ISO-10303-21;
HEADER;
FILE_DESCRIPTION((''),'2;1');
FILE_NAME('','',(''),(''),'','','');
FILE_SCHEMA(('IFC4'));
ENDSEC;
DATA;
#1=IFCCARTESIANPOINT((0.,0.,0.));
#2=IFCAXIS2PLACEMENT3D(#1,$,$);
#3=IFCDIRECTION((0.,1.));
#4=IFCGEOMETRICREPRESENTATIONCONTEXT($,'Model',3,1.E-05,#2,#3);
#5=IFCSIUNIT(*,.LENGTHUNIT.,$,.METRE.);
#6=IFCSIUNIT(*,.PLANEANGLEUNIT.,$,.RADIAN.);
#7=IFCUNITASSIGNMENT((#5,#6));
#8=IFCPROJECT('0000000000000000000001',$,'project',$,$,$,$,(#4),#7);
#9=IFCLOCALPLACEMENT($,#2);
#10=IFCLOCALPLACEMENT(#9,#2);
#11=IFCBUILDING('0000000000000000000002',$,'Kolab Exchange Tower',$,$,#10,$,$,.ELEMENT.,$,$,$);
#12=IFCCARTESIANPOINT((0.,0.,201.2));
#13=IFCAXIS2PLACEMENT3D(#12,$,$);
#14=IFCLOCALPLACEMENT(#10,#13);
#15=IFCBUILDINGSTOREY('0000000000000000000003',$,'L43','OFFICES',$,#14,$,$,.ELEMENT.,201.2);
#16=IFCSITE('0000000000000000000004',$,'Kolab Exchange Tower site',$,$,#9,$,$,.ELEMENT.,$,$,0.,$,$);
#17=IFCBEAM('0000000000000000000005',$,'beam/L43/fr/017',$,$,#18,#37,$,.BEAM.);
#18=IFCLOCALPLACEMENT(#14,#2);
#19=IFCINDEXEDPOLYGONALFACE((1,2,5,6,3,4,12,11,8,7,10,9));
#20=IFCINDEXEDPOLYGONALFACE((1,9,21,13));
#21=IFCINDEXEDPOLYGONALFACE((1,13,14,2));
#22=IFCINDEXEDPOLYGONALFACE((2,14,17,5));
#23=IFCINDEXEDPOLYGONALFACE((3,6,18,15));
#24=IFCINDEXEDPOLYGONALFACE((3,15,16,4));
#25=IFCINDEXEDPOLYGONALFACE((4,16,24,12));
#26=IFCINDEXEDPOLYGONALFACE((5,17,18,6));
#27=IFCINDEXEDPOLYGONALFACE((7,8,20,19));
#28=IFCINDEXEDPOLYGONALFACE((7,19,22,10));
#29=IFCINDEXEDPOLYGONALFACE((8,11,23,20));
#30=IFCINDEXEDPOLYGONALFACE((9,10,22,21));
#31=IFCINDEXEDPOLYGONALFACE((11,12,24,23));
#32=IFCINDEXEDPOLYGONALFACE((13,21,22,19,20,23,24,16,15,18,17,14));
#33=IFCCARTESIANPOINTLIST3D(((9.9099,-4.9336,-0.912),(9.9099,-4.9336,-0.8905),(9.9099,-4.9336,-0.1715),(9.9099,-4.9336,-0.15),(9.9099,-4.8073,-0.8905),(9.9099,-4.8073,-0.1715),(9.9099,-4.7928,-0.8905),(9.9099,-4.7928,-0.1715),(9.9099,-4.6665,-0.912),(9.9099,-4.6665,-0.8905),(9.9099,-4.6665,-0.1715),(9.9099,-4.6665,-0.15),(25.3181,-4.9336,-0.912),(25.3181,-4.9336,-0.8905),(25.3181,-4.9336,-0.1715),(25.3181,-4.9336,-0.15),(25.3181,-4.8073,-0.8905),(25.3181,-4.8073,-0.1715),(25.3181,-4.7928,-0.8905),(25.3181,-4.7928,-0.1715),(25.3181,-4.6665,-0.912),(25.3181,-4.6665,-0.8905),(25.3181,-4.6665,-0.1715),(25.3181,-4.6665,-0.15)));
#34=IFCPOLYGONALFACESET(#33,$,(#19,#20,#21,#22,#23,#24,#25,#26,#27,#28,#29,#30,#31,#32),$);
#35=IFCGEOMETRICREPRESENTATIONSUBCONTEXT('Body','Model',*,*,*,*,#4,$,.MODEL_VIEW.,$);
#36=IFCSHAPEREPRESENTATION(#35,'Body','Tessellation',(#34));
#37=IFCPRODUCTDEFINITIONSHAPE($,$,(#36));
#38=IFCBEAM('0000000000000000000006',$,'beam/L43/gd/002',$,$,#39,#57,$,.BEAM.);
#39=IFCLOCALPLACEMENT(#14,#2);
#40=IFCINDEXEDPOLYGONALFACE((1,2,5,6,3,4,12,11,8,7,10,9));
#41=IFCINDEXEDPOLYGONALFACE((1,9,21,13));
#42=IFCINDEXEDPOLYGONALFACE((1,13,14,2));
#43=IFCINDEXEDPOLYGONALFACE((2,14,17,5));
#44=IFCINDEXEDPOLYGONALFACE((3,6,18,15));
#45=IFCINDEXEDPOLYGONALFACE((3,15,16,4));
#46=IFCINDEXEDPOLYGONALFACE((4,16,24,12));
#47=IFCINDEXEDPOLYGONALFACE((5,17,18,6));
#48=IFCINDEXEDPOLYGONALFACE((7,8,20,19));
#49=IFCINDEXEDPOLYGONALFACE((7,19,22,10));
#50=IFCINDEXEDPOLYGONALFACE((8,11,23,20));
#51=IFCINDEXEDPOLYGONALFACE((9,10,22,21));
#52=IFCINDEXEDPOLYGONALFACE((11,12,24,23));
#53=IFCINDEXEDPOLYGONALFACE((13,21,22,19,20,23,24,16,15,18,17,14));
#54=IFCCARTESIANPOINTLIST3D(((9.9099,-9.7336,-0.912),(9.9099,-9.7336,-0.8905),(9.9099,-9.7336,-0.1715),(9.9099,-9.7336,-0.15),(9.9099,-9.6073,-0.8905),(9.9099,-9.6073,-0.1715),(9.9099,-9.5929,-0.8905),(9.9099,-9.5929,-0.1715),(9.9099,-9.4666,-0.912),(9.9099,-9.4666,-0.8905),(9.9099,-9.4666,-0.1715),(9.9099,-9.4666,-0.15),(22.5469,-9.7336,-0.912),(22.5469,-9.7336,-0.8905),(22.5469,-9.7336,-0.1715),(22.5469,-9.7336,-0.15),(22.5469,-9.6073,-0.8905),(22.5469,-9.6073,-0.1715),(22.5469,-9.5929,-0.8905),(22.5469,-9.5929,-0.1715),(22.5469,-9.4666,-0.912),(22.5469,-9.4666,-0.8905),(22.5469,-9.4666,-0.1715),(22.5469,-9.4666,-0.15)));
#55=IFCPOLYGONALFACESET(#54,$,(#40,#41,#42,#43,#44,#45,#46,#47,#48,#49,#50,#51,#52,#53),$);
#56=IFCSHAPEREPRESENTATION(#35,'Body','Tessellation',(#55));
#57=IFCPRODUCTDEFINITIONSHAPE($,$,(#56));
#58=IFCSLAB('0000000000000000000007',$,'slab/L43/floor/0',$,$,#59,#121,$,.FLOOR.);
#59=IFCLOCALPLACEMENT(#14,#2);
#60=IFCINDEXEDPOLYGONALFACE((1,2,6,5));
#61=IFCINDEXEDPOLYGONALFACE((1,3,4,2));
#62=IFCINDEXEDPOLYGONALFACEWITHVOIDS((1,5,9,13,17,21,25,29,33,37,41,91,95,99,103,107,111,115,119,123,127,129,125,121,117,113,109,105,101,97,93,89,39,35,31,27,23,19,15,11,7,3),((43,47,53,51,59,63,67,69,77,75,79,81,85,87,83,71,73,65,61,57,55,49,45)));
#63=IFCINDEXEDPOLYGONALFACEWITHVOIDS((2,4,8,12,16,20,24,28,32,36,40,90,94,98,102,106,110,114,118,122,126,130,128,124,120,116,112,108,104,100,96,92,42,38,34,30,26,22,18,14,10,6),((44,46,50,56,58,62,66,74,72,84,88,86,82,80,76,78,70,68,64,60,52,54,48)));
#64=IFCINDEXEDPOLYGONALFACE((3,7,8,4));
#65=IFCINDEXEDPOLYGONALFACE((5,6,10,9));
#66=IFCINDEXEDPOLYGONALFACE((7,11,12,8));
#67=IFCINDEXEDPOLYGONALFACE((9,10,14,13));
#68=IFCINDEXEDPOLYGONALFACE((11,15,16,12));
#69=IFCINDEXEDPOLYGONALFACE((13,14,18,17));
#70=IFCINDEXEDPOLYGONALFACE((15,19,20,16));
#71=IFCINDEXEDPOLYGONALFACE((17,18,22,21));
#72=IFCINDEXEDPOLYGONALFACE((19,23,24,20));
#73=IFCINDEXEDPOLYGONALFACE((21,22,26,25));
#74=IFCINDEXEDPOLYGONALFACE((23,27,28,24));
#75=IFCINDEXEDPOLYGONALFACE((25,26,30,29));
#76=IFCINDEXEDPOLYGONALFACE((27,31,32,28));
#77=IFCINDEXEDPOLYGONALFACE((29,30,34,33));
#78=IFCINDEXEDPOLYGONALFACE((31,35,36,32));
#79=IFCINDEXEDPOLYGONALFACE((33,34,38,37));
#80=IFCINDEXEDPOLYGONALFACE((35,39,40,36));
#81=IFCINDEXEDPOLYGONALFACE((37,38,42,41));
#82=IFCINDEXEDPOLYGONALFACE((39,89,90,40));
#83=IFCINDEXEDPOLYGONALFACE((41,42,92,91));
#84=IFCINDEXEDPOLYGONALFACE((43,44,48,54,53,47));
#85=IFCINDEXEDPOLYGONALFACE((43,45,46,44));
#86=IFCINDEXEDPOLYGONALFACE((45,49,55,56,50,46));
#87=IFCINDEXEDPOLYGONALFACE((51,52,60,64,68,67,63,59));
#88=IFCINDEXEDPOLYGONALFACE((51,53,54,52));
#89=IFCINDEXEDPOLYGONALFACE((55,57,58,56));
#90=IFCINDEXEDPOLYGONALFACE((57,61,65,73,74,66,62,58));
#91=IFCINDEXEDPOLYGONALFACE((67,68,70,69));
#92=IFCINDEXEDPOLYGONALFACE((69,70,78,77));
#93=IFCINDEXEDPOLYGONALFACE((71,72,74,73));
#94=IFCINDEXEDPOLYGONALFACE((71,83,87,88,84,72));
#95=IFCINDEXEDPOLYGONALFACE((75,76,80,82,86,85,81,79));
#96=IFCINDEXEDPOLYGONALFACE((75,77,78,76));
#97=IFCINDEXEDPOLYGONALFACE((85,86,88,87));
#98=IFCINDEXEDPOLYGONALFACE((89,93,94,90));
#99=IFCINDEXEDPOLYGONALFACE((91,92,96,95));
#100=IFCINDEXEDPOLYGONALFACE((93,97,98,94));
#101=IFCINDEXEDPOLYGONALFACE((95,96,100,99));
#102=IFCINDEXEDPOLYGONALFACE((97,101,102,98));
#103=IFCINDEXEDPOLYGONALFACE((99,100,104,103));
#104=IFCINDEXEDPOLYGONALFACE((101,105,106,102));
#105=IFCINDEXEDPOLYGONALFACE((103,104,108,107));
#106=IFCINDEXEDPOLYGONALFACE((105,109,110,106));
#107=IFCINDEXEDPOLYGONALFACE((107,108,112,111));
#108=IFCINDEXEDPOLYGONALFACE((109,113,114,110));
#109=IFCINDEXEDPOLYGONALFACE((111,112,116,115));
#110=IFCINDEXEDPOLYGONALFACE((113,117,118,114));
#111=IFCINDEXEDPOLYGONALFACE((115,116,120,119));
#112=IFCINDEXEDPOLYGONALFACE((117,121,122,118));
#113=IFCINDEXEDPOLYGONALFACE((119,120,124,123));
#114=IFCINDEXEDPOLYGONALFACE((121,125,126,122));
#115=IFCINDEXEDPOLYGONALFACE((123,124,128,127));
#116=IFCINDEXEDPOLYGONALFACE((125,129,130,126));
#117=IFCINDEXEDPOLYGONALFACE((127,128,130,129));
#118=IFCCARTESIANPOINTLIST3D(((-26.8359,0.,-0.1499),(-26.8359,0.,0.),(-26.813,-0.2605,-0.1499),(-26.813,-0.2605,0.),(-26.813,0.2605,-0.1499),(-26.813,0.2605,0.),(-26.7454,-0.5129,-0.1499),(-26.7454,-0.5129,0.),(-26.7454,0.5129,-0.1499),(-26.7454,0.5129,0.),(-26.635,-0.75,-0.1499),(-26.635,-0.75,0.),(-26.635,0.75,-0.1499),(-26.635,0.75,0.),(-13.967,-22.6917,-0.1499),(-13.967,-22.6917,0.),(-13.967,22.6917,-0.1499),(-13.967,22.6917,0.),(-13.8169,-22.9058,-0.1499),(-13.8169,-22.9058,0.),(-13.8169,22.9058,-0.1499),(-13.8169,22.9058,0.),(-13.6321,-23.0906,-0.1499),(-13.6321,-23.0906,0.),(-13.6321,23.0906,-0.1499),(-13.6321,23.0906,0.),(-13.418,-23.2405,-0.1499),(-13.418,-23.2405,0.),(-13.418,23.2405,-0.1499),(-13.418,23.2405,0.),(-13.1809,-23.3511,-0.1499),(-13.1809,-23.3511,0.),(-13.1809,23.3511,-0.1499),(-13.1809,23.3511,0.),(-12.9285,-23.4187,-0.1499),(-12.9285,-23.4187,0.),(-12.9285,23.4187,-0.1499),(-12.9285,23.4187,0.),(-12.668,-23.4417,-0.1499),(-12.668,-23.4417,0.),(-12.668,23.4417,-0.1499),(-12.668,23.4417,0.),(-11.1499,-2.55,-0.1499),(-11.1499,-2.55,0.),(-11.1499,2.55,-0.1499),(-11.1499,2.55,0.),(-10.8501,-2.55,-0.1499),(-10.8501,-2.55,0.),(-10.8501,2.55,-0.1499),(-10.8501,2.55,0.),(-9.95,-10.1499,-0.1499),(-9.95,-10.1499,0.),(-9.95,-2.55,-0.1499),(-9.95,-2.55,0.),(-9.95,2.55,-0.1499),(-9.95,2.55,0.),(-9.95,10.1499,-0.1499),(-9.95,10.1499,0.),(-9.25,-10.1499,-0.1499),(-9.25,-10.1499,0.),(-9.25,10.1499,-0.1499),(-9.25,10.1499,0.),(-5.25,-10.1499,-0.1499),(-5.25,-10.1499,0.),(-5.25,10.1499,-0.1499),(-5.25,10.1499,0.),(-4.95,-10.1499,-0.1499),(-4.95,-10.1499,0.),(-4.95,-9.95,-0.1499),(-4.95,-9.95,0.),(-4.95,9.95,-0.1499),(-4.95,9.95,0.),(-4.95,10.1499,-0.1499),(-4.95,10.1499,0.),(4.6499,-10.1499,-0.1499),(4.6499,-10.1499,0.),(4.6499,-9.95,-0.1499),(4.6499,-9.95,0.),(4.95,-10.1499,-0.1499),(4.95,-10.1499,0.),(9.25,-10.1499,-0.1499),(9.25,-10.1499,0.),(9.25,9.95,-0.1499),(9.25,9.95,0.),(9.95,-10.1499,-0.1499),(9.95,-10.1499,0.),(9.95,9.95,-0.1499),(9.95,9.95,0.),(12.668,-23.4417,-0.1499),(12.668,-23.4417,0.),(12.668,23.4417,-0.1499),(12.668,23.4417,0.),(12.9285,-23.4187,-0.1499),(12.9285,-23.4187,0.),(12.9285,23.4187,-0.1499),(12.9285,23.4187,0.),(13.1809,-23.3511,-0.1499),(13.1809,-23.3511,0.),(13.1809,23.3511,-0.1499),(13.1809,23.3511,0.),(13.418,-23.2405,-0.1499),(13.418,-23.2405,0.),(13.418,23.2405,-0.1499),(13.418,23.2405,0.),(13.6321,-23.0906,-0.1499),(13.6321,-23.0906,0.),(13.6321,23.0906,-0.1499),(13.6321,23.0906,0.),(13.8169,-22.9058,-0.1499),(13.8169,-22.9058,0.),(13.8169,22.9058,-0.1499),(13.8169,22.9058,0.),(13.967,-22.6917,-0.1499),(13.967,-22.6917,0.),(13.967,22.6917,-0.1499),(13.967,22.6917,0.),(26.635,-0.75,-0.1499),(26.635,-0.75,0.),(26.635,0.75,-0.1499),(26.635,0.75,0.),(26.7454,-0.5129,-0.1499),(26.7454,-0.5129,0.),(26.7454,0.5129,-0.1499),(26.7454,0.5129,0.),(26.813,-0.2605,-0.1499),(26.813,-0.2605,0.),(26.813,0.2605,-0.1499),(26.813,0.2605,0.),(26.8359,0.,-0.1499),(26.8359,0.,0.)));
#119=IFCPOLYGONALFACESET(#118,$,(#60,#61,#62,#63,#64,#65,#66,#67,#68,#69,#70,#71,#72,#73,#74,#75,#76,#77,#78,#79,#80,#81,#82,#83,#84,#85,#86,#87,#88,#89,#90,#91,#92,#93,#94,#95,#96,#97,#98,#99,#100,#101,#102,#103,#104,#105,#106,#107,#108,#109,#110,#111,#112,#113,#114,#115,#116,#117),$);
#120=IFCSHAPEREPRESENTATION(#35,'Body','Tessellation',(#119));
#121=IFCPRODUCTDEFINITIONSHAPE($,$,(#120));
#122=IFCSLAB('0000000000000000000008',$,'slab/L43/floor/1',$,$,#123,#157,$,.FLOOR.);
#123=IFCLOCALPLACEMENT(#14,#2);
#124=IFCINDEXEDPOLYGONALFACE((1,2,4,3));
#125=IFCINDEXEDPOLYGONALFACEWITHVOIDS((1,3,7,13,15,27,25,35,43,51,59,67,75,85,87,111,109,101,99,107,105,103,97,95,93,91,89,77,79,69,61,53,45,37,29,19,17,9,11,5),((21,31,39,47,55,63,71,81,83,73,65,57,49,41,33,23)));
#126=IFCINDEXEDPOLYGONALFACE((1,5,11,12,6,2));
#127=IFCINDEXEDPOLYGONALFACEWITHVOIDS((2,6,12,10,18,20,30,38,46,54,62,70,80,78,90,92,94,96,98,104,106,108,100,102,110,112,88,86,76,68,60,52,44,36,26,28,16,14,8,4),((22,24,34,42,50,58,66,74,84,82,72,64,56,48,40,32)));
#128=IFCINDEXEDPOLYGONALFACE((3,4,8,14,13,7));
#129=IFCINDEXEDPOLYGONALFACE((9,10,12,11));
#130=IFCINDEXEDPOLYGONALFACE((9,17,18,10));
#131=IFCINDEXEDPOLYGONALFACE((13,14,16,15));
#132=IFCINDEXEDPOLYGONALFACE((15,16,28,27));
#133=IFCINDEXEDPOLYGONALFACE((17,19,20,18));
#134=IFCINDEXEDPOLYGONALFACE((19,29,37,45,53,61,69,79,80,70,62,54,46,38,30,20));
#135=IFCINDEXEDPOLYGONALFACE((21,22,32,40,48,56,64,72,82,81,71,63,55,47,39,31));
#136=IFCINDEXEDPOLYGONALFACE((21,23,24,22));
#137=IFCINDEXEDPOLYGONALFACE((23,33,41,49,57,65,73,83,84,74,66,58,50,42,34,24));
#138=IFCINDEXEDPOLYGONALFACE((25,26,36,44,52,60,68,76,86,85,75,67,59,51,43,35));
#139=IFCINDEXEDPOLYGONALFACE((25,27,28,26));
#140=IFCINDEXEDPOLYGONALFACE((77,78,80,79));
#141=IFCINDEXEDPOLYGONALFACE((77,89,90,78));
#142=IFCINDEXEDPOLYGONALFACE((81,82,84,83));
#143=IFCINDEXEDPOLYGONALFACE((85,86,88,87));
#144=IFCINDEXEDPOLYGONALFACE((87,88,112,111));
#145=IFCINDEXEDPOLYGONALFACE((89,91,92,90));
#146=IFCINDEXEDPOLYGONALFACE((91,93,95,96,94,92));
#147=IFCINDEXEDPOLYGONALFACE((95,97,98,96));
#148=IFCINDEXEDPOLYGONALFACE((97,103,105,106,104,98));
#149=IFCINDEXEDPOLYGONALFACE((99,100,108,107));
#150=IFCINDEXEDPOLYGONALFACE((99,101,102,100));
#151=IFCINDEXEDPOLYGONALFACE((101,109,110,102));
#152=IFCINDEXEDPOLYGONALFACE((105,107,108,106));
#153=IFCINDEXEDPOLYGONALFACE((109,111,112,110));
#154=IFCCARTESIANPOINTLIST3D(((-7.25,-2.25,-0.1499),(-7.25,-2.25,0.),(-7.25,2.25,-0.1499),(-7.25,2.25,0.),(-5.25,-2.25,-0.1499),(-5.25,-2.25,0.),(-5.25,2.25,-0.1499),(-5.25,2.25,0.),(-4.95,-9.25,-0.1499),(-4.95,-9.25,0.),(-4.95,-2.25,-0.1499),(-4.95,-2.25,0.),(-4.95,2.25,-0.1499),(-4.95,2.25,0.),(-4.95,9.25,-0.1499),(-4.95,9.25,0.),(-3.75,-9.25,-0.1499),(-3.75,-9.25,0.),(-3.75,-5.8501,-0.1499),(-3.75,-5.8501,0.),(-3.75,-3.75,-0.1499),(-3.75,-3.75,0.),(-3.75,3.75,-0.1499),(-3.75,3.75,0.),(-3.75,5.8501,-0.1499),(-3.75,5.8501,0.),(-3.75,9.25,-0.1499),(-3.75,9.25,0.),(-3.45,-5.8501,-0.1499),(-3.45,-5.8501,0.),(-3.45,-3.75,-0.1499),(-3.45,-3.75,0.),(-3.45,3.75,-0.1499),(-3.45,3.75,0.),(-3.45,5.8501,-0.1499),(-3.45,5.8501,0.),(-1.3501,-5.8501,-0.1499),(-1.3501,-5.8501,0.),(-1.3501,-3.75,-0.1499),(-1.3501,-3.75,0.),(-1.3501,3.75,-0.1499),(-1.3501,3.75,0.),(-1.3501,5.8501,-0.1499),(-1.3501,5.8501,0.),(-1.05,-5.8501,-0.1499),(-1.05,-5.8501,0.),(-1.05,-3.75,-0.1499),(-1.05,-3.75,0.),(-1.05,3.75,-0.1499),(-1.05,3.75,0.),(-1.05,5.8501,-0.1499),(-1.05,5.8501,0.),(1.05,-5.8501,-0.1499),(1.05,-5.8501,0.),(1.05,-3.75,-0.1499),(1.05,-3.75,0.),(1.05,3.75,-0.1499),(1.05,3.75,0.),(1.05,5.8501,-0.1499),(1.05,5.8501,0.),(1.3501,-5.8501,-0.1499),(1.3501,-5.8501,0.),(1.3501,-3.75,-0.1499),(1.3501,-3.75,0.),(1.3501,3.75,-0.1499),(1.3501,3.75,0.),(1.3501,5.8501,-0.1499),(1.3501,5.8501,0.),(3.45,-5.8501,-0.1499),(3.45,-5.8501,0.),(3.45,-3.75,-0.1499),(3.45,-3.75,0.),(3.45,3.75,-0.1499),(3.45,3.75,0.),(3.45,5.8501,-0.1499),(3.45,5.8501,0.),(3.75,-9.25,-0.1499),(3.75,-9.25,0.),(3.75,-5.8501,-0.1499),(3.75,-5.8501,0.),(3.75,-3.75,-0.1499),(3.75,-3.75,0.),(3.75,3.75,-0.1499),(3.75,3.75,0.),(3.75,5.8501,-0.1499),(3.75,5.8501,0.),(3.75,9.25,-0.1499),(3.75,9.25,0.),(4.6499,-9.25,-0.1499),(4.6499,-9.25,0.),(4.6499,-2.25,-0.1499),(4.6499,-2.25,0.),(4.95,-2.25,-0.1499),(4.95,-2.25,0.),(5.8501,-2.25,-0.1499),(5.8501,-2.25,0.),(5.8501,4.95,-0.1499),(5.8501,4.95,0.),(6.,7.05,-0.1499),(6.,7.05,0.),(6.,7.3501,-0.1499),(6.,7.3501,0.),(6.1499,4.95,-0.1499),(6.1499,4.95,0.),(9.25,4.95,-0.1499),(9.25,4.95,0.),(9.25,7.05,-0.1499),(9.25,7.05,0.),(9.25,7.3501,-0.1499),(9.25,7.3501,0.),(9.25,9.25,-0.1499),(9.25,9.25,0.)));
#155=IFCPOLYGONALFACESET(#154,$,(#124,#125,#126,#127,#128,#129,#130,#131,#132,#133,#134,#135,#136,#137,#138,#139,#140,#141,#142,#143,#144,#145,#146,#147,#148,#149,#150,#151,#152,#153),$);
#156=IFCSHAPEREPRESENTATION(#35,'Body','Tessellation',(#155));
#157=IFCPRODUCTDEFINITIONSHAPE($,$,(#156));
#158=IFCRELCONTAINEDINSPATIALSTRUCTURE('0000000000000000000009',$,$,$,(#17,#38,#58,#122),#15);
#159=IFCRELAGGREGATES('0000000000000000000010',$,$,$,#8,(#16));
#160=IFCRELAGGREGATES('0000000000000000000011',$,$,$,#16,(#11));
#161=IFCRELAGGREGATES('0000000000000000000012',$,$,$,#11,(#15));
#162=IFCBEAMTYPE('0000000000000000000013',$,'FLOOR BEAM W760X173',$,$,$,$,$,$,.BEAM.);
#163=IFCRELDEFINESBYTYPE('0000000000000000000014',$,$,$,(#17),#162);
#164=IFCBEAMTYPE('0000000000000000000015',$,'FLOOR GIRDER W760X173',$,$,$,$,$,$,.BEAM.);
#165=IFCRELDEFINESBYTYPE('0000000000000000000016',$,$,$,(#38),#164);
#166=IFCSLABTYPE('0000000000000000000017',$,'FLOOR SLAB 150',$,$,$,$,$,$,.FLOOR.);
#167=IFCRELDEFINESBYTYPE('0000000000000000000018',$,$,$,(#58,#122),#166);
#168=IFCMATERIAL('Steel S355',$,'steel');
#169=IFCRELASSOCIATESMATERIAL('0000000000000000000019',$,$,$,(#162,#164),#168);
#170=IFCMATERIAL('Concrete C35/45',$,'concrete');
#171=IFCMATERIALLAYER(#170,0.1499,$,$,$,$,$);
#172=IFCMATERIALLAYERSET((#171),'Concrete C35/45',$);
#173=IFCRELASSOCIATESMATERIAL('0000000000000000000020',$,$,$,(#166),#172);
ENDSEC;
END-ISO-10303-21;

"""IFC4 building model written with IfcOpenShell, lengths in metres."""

from ifc_helpers import new_model, si_unit, direction, frame, origin, origin_2d, place, context, subcontext, project, spatial, polyline, i_section, outline, extrude, material, layer, layer_set, material_profile, profile_set, type_object, element, save


model = new_model("IFC4")

# Units and contexts
model_context = context("Model", 3, precision=1e-05, world=origin(), true_north=direction((0.0, 1.0)))
body_context = subcontext(model_context, "Body", "Model", "MODEL_VIEW")
ifc_project = project(units=[si_unit("LENGTHUNIT", "METRE"), si_unit("PLANEANGLEUNIT", "RADIAN")], contexts=[model_context])

# Site, building, storey
site_placement = place(None, origin())
site = spatial("IfcSite", under=ifc_project, at=site_placement, Name="Kolab Exchange Tower site", CompositionType="ELEMENT", RefElevation=0.0)
building_placement = place(site_placement, origin())
building = spatial("IfcBuilding", under=site, at=building_placement, Name="Kolab Exchange Tower", CompositionType="ELEMENT")
storey_placement = place(building_placement, frame((0.0, 0.0, 201.2)))
storey = spatial("IfcBuildingStorey", under=building, at=storey_placement, Name="L43", Description="OFFICES", CompositionType="ELEMENT", Elevation=201.2)

# Beams
ifc_material_1 = material(Name="Steel S355", Category="steel")
ifc_material_profile_1 = material_profile(ifc_material_1, i_section(OverallWidth=0.2671, OverallDepth=0.762, WebThickness=0.0144, FlangeThickness=0.0215, at=origin_2d()), Name="W760X173")
ifc_profile_set_1 = profile_set([ifc_material_profile_1], Name="Steel S355")
beam_type_1 = type_object("IfcBeamType", Name="FLOOR BEAM W760X173", PredefinedType="BEAM", material=ifc_profile_set_1)
beam_1_placement = place(storey_placement, frame((9.9099, -4.8, -0.531), z_axis=(1.0, 0.0, 0.0), x_axis=(0.0, 1.0, 0.0)))
element("IfcBeam", 1, at=beam_1_placement, inside=storey, type_object=beam_type_1, Name="beam/L43/fr/017", PredefinedType="BEAM", context=body_context, shape_type="SweptSolid", body=[
    extrude(i_section(OverallWidth=0.2671, OverallDepth=0.762, WebThickness=0.0144, FlangeThickness=0.0215, at=origin_2d()), origin(), (0.0, 0.0, 1.0), 15.4082),
])
ifc_material_profile_2 = material_profile(ifc_material_1, i_section(OverallWidth=0.2671, OverallDepth=0.762, WebThickness=0.0144, FlangeThickness=0.0215, at=origin_2d()), Name="W760X173")
ifc_profile_set_2 = profile_set([ifc_material_profile_2], Name="Steel S355")
beam_type_2 = type_object("IfcBeamType", Name="FLOOR GIRDER W760X173", PredefinedType="BEAM", material=ifc_profile_set_2)
beam_2_placement = place(storey_placement, frame((9.9099, -9.6001, -0.531), z_axis=(1.0, 0.0, 0.0), x_axis=(0.0, 1.0, 0.0)))
element("IfcBeam", 2, at=beam_2_placement, inside=storey, type_object=beam_type_2, Name="beam/L43/gd/002", PredefinedType="BEAM", context=body_context, shape_type="SweptSolid", body=[
    extrude(i_section(OverallWidth=0.2671, OverallDepth=0.762, WebThickness=0.0144, FlangeThickness=0.0215, at=origin_2d()), origin(), (0.0, 0.0, 1.0), 12.637),
])

# Slabs
ifc_material_2 = material(Name="Concrete C35/45", Category="concrete")
ifc_layer_1 = layer(ifc_material_2, 0.1499)
ifc_layer_set_1 = layer_set([ifc_layer_1], Name="Concrete C35/45")
slab_type_1 = type_object("IfcSlabType", Name="FLOOR SLAB 150", PredefinedType="FLOOR", material=ifc_layer_set_1)
slab_1_placement = place(storey_placement, frame((0.0, 0.0, -0.1499)))
element("IfcSlab", 3, at=slab_1_placement, inside=storey, type_object=slab_type_1, Name="slab/L43/floor/0", PredefinedType="FLOOR", context=body_context, shape_type="SweptSolid", body=[
    extrude(outline(polyline([(13.967, -22.6917), (26.635, -0.75), (26.7454, -0.5129), (26.813, -0.2605), (26.8359, 0.0), (26.813, 0.2605), (26.7454, 0.5129), (26.635, 0.75), (13.967, 22.6917), (13.8169, 22.9058), (13.6321, 23.0906), (13.418, 23.2405), (13.1809, 23.3511), (12.9285, 23.4187), (12.668, 23.4417), (-12.668, 23.4417), (-12.9285, 23.4187), (-13.1809, 23.3511), (-13.418, 23.2405), (-13.6321, 23.0906), (-13.8169, 22.9058), (-13.967, 22.6917), (-26.635, 0.75), (-26.7454, 0.5129), (-26.813, 0.2605), (-26.8359, 0.0), (-26.813, -0.2605), (-26.7454, -0.5129), (-26.635, -0.75), (-13.967, -22.6917), (-13.8169, -22.9058), (-13.6321, -23.0906), (-13.418, -23.2405), (-13.1809, -23.3511), (-12.9285, -23.4187), (-12.668, -23.4417), (12.668, -23.4417), (12.9285, -23.4187), (13.1809, -23.3511), (13.418, -23.2405), (13.6321, -23.0906), (13.8169, -22.9058), (13.967, -22.6917)]), holes=[polyline([(-9.25, -10.1499), (-9.95, -10.1499), (-9.95, -2.55), (-10.8501, -2.55), (-11.1499, -2.55), (-11.1499, 2.55), (-10.8501, 2.55), (-9.95, 2.55), (-9.95, 10.1499), (-9.25, 10.1499), (-5.25, 10.1499), (-4.95, 10.1499), (-4.95, 9.95), (9.25, 9.95), (9.95, 9.95), (9.95, -10.1499), (9.25, -10.1499), (4.95, -10.1499), (4.6499, -10.1499), (4.6499, -9.95), (-4.95, -9.95), (-4.95, -10.1499), (-5.25, -10.1499), (-9.25, -10.1499)])]), origin(), (0.0, 0.0, 1.0), 0.1499),
])
slab_2_placement = place(storey_placement, frame((0.0, 0.0, -0.1499)))
element("IfcSlab", 4, at=slab_2_placement, inside=storey, type_object=slab_type_1, Name="slab/L43/floor/1", PredefinedType="FLOOR", context=body_context, shape_type="SweptSolid", body=[
    extrude(outline(polyline([(-4.95, 9.25), (-4.95, 2.25), (-5.25, 2.25), (-7.25, 2.25), (-7.25, -2.25), (-5.25, -2.25), (-4.95, -2.25), (-4.95, -9.25), (-3.75, -9.25), (-3.75, -5.8501), (-3.45, -5.8501), (-1.3501, -5.8501), (-1.05, -5.8501), (1.05, -5.8501), (1.3501, -5.8501), (3.45, -5.8501), (3.75, -5.8501), (3.75, -9.25), (4.6499, -9.25), (4.6499, -2.25), (4.95, -2.25), (5.8501, -2.25), (5.8501, 4.95), (6.1499, 4.95), (9.25, 4.95), (9.25, 7.05), (6.0, 7.05), (6.0, 7.3501), (9.25, 7.3501), (9.25, 9.25), (3.75, 9.25), (3.75, 5.8501), (3.45, 5.8501), (1.3501, 5.8501), (1.05, 5.8501), (-1.05, 5.8501), (-1.3501, 5.8501), (-3.45, 5.8501), (-3.75, 5.8501), (-3.75, 9.25), (-4.95, 9.25)]), holes=[polyline([(-3.45, -3.75), (-3.75, -3.75), (-3.75, 3.75), (-3.45, 3.75), (-1.3501, 3.75), (-1.05, 3.75), (1.05, 3.75), (1.3501, 3.75), (3.45, 3.75), (3.75, 3.75), (3.75, -3.75), (3.45, -3.75), (1.3501, -3.75), (1.05, -3.75), (-1.05, -3.75), (-1.3501, -3.75), (-3.45, -3.75)])]), origin(), (0.0, 0.0, 1.0), 0.1499),
])

save(model, "model.ifc")
